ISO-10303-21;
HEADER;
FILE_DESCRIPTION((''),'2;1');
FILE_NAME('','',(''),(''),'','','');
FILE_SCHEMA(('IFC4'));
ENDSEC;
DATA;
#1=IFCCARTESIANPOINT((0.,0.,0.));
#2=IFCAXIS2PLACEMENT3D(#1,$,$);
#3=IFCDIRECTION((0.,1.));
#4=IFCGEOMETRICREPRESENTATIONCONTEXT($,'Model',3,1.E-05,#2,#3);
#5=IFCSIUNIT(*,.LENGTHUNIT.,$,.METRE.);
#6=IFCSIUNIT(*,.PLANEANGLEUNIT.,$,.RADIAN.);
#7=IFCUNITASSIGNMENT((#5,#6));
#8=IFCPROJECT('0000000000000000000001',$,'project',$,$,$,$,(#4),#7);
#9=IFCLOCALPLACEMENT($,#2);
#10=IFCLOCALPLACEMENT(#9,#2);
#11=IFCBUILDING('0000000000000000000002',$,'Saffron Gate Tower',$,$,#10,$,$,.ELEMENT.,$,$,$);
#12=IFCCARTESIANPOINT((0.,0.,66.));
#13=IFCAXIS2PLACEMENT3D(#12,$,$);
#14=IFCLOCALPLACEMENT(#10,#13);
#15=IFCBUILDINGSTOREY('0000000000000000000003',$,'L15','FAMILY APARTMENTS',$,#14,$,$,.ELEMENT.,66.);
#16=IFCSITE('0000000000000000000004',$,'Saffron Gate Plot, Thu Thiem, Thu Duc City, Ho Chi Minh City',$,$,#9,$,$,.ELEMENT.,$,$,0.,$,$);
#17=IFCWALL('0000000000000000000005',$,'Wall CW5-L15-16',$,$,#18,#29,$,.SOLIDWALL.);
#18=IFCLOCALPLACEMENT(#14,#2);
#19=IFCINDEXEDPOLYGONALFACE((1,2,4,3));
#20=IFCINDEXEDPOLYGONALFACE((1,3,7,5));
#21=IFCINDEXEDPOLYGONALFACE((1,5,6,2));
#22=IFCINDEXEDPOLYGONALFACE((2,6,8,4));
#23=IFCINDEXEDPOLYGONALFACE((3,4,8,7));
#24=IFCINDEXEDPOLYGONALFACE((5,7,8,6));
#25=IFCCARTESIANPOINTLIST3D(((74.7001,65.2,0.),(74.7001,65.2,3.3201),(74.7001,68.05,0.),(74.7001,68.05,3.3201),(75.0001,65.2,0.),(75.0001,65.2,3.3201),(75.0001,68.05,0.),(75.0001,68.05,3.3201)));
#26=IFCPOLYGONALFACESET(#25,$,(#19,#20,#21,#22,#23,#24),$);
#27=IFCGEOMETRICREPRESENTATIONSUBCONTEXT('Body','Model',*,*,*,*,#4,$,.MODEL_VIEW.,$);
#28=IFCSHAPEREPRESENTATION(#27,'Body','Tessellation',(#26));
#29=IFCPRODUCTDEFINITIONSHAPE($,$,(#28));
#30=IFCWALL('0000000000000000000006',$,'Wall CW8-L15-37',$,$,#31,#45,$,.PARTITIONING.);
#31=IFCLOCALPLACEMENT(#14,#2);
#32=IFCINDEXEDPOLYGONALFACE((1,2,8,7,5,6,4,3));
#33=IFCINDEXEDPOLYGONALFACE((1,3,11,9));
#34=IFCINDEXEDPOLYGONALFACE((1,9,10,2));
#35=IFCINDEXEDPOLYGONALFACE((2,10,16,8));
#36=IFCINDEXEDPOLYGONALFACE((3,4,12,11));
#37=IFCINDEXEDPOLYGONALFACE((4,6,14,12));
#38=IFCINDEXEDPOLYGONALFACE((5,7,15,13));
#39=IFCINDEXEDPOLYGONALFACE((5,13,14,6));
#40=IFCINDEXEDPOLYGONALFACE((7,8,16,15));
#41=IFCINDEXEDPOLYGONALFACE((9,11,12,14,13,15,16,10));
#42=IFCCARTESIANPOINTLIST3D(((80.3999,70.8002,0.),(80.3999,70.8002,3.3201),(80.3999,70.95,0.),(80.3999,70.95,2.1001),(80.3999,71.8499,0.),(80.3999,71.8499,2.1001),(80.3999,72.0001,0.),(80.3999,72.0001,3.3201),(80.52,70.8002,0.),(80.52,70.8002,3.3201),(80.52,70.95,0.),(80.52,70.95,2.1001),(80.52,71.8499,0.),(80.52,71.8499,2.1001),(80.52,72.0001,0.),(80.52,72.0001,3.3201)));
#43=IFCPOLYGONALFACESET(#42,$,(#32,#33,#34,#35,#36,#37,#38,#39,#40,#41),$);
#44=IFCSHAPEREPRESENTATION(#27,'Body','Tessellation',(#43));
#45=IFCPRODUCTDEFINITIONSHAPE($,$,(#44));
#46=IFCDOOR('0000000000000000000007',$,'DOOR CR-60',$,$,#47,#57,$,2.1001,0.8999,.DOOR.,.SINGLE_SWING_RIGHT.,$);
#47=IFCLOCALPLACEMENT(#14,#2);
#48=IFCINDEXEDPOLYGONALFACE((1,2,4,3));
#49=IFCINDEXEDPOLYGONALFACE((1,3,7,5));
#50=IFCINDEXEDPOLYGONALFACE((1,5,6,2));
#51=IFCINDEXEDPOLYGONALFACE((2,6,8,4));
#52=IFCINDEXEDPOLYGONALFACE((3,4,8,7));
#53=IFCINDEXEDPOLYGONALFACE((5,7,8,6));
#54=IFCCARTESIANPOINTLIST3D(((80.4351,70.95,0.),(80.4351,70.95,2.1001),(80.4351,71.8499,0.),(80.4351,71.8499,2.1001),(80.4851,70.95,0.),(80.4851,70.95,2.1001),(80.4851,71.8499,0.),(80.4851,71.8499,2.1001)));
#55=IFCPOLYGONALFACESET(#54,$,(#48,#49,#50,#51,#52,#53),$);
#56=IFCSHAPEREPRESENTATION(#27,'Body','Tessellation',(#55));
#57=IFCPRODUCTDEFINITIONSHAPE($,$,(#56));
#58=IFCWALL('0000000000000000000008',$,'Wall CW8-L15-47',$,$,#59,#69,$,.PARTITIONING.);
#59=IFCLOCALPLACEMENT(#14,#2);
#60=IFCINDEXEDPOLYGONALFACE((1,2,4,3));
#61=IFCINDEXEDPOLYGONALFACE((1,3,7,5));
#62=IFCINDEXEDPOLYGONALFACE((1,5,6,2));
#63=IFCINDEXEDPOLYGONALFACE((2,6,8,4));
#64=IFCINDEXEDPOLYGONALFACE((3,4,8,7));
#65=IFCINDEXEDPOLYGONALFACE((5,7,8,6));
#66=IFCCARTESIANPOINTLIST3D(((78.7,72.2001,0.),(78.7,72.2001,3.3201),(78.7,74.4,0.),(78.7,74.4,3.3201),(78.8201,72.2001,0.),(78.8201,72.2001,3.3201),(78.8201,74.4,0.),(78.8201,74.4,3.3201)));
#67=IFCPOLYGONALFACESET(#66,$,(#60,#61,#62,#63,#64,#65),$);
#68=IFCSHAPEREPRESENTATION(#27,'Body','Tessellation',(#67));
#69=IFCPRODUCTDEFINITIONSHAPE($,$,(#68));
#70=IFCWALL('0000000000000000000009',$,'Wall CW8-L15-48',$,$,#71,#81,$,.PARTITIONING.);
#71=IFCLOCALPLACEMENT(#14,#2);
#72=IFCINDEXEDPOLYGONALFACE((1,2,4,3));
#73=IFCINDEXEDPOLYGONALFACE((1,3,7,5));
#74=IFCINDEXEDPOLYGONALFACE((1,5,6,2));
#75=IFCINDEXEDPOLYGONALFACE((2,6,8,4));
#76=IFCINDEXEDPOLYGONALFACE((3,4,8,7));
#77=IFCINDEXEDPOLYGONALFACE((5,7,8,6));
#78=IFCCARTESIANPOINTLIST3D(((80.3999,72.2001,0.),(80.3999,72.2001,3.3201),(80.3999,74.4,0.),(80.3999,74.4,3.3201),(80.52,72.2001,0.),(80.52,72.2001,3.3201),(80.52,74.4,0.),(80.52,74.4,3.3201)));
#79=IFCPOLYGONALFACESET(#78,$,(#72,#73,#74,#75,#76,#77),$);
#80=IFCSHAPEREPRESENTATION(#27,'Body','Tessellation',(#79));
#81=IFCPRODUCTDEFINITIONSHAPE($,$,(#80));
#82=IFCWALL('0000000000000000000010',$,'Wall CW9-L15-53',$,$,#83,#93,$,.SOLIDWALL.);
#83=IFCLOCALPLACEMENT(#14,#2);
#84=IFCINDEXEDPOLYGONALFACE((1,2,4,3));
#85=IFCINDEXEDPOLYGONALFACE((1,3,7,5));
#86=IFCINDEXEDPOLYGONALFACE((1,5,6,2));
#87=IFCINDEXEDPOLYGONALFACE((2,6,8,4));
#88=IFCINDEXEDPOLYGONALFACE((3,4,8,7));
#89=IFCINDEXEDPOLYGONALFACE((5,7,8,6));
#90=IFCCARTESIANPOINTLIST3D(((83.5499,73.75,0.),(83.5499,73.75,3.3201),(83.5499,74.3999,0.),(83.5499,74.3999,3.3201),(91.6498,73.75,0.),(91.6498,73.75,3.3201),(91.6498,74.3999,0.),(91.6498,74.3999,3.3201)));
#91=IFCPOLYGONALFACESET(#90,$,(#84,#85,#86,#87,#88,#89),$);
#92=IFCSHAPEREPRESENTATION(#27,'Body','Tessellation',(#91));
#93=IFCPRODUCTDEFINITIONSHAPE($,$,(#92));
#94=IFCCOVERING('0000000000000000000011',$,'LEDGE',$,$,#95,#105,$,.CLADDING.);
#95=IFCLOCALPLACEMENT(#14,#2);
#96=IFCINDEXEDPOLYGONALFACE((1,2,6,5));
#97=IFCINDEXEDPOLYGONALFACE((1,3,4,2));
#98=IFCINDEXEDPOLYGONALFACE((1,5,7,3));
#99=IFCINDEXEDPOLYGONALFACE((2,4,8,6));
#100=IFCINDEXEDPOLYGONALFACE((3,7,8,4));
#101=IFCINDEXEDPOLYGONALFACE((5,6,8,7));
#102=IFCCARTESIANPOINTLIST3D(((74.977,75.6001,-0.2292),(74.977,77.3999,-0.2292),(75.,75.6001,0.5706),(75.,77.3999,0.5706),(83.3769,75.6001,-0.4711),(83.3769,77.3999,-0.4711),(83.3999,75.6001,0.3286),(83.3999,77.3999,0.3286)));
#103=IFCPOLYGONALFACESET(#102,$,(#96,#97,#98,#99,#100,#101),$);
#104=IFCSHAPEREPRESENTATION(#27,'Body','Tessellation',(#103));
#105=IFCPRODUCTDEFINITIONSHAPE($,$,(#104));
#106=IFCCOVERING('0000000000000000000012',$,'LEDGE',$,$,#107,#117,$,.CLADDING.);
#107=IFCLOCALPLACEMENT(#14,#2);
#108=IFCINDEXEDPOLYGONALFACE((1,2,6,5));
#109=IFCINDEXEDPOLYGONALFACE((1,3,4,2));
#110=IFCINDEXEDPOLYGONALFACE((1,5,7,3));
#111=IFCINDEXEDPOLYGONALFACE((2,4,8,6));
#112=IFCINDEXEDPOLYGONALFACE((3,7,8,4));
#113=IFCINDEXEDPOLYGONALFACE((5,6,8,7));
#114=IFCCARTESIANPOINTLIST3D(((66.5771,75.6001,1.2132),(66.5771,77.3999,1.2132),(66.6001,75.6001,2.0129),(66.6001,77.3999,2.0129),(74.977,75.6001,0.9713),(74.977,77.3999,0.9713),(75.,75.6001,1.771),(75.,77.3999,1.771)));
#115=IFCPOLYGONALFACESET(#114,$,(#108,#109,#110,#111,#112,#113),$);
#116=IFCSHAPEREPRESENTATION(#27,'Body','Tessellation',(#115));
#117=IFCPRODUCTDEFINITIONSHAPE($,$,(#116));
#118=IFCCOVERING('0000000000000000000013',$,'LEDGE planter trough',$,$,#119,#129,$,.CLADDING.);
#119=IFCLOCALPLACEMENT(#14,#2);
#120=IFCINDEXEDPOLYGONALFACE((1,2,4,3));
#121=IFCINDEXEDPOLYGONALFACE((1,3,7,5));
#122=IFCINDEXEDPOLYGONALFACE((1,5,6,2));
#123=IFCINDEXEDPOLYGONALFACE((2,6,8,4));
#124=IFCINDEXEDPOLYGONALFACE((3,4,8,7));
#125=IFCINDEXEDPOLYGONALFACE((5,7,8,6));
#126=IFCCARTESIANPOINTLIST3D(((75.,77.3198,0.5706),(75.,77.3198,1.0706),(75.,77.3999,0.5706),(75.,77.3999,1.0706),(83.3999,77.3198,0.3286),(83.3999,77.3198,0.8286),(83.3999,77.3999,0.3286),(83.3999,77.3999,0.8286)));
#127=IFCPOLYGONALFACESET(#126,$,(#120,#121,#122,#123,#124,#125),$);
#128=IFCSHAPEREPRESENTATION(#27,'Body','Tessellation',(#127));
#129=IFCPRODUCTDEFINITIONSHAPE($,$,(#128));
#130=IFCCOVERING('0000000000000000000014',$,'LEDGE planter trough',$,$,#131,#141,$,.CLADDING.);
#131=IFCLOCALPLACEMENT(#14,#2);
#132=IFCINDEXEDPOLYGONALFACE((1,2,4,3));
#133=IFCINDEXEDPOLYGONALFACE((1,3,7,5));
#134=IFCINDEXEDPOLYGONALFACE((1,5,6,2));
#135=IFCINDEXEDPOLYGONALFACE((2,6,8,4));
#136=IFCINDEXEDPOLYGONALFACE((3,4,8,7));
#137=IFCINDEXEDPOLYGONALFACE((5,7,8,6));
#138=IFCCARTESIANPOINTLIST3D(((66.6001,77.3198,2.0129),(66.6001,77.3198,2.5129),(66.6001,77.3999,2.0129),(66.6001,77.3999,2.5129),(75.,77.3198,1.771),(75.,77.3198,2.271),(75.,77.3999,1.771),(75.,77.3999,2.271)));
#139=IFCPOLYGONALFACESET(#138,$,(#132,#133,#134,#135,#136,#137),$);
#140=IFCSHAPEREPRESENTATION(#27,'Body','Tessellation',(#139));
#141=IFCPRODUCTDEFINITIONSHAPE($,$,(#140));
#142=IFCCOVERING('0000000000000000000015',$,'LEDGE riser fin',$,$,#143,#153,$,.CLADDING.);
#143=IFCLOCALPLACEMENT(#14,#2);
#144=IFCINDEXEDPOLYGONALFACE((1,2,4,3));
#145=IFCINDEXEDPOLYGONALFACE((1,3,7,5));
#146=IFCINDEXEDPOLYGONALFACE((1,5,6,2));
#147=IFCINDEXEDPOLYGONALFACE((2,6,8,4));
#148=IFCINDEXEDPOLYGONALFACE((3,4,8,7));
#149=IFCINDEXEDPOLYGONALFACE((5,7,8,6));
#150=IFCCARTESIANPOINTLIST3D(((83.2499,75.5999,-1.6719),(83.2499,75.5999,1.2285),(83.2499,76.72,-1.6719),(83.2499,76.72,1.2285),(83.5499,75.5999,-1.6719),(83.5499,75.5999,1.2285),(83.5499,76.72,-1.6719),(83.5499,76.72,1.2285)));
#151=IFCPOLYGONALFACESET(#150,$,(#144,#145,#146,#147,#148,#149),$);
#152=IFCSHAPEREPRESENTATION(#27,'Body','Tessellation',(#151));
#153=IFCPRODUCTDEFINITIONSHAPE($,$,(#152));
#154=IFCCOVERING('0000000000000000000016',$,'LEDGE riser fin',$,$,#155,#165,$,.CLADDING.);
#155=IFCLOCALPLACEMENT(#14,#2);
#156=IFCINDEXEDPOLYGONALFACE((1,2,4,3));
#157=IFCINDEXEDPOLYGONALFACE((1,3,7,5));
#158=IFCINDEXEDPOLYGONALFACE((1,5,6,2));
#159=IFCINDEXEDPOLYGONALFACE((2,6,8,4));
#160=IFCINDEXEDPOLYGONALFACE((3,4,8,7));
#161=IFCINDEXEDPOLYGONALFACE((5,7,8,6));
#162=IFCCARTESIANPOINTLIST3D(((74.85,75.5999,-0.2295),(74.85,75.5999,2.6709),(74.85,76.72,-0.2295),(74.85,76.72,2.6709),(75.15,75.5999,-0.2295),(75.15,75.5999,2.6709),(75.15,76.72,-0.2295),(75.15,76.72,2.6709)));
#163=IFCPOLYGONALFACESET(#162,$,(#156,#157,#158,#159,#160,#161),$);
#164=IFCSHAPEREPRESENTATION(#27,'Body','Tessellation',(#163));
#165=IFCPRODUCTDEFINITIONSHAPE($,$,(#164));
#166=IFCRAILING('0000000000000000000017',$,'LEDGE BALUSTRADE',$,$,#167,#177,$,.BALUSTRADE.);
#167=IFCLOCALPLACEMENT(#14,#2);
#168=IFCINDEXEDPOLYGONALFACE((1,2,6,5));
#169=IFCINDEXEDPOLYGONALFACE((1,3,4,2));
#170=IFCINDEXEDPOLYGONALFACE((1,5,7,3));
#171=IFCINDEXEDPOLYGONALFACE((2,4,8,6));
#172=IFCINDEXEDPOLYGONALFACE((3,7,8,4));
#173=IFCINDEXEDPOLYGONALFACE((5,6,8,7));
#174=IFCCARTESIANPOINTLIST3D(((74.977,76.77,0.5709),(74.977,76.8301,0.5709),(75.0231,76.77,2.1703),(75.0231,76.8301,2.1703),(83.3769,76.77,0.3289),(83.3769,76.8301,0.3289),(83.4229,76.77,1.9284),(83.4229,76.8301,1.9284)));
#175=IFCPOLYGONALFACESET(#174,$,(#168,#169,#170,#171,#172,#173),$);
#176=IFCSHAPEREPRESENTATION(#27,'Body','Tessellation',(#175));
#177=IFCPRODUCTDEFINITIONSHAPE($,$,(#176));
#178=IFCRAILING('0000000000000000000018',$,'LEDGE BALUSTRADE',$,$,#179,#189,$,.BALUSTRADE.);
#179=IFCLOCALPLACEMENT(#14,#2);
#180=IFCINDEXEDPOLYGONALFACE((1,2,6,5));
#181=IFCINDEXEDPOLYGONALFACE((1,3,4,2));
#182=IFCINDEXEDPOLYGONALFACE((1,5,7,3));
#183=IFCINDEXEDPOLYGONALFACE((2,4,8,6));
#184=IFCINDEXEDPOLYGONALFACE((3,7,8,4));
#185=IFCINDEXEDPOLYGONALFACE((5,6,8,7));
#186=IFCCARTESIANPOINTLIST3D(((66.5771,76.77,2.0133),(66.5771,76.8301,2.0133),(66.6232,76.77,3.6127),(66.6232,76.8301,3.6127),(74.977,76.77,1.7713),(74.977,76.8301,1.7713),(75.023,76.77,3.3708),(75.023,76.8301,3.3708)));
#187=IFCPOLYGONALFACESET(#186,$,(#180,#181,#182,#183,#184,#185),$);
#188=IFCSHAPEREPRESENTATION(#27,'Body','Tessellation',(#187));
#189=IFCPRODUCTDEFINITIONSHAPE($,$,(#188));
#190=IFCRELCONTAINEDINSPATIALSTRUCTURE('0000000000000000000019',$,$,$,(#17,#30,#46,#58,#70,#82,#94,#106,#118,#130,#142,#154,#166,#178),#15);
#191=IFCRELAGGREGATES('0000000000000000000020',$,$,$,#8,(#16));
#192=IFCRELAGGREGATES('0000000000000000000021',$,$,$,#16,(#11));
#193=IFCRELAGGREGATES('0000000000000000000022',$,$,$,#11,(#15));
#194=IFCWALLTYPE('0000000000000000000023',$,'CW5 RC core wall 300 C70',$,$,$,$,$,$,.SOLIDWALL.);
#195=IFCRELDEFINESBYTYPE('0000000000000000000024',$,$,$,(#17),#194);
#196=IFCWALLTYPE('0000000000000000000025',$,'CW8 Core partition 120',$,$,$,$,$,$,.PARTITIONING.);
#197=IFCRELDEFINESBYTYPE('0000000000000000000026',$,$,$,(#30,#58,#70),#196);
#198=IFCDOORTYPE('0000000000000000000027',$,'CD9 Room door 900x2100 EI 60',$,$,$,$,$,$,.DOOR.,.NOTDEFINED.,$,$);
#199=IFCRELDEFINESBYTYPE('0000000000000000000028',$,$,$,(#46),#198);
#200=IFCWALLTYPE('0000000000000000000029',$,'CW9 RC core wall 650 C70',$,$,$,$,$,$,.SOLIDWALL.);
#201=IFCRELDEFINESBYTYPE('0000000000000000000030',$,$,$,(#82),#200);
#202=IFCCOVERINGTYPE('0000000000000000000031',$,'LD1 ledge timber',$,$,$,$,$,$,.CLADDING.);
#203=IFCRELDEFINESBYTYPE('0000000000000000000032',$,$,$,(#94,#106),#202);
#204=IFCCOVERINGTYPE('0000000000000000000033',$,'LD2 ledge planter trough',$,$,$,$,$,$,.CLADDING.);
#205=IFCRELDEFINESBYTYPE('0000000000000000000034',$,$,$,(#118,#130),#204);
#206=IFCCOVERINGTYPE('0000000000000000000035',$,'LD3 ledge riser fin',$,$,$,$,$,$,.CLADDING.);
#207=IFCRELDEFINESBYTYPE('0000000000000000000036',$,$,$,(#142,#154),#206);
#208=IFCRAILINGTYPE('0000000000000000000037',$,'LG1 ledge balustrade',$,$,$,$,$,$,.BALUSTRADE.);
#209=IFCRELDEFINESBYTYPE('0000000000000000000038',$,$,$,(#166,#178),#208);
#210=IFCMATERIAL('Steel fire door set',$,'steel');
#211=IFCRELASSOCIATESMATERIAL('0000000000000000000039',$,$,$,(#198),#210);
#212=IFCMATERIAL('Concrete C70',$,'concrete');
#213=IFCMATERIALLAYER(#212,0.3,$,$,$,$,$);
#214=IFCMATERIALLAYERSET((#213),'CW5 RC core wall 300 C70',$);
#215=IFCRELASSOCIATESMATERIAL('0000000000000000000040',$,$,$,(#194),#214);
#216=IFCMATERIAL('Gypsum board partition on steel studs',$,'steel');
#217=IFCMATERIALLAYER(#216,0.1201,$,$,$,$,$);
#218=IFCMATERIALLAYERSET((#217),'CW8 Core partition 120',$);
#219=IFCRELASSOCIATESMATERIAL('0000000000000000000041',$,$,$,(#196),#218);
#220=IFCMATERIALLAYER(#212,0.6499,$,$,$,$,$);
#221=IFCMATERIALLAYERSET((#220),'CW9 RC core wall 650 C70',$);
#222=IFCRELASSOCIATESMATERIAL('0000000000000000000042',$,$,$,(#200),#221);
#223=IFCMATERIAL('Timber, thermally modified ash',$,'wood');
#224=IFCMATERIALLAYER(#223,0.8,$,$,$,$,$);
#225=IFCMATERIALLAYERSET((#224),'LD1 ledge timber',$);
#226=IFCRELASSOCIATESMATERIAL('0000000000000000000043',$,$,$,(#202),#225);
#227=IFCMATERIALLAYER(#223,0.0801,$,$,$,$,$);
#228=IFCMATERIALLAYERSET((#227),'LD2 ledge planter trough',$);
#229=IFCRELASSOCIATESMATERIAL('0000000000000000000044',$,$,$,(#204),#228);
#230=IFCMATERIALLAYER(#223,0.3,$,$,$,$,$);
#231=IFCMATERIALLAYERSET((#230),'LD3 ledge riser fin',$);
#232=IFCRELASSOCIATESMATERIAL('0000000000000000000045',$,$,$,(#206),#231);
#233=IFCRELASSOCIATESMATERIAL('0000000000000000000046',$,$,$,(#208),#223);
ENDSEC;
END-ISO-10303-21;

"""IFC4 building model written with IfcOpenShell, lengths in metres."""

from ifc_helpers import new_model, si_unit, direction, frame, frame_2d, origin, origin_2d, place, context, subcontext, project, spatial, polyline, rectangle, outline, extrude, material, layer, layer_set, type_object, element, fill, save


model = new_model("IFC4")

# Units and contexts
model_context = context("Model", 3, precision=1e-05, world=origin(), true_north=direction((0.0, 1.0)))
body_context = subcontext(model_context, "Body", "Model", "MODEL_VIEW")
ifc_project = project(units=[si_unit("LENGTHUNIT", "METRE"), si_unit("PLANEANGLEUNIT", "RADIAN")], contexts=[model_context])

# Site, building, storey
site_placement = place(None, origin())
site = spatial("IfcSite", under=ifc_project, at=site_placement, Name="Saffron Gate Plot, Thu Thiem, Thu Duc City, Ho Chi Minh City", CompositionType="ELEMENT", RefElevation=0.0)
building_placement = place(site_placement, origin())
building = spatial("IfcBuilding", under=site, at=building_placement, Name="Saffron Gate Tower", CompositionType="ELEMENT")
storey_placement = place(building_placement, frame((0.0, 0.0, 66.0)))
storey = spatial("IfcBuildingStorey", under=building, at=storey_placement, Name="L15", Description="FAMILY APARTMENTS", CompositionType="ELEMENT", Elevation=66.0)

# Shared definitions
ifc_material_1 = material(Name="Concrete C70", Category="concrete")

# Shared definitions
ifc_material_2 = material(Name="Steel fire door set", Category="steel")
door_type_1 = type_object("IfcDoorType", Name="CD9 Room door 900x2100 EI 60", OperationType="NOTDEFINED", PredefinedType="DOOR", material=ifc_material_2)

# Wall
ifc_layer_1 = layer(ifc_material_1, 0.3)
ifc_layer_set_1 = layer_set([ifc_layer_1], Name="CW5 RC core wall 300 C70")
wall_type_1 = type_object("IfcWallType", Name="CW5 RC core wall 300 C70", PredefinedType="SOLIDWALL", material=ifc_layer_set_1)
wall_1_placement = place(storey_placement, frame((74.8501, 65.2, 0.0), z_axis=(0.0, 0.0, 1.0), x_axis=(0.0, 1.0, 0.0)))
element("IfcWall", 1, at=wall_1_placement, inside=storey, type_object=wall_type_1, Name="Wall CW5-L15-16", PredefinedType="SOLIDWALL", context=body_context, shape_type="SweptSolid", body=[
    extrude(rectangle(XDim=2.8501, YDim=0.3, at=frame_2d((1.425, 0.0))), origin(), (0.0, 0.0, 1.0), 3.3201),
])

# Wall, opening, door
ifc_material_3 = material(Name="Gypsum board partition on steel studs", Category="steel")
ifc_layer_2 = layer(ifc_material_3, 0.1201)
ifc_layer_set_2 = layer_set([ifc_layer_2], Name="CW8 Core partition 120")
wall_type_2 = type_object("IfcWallType", Name="CW8 Core partition 120", PredefinedType="PARTITIONING", material=ifc_layer_set_2)
wall_2_placement = place(storey_placement, frame((80.46, 70.8, 0.0), z_axis=(0.0, 0.0, 1.0), x_axis=(0.0, 1.0, 0.0)))
wall_2 = element("IfcWall", 2, at=wall_2_placement, inside=storey, type_object=wall_type_2, Name="Wall CW8-L15-37", PredefinedType="PARTITIONING", context=body_context, shape_type="SweptSolid", body=[
    extrude(rectangle(XDim=1.2, YDim=0.1201, at=frame_2d((0.6001, 0.0))), origin(), (0.0, 0.0, 1.0), 3.3201),
])
opening_1_placement = place(wall_2_placement, frame((0.1499, 0.0, 0.0)))
opening_1 = element("IfcOpeningElement", 3, at=opening_1_placement, cuts=wall_2, PredefinedType="OPENING", context=body_context, shape_type="SweptSolid", body=[
    extrude(rectangle(XDim=0.8999, YDim=2.1001, at=frame_2d((0.45, 1.05))), frame((0.0, 0.0701, 0.0), z_axis=(0.0, -1.0, 0.0), x_axis=(1.0, 0.0, 0.0)), (0.0, 0.0, 1.0), 0.1401),
])
door_1_placement = place(opening_1_placement, origin())
door_1 = element("IfcDoor", 4, at=door_1_placement, inside=storey, type_object=door_type_1, Name="DOOR CR-60", OperationType="SINGLE_SWING_RIGHT", OverallHeight=2.1001, OverallWidth=0.8999, PredefinedType="DOOR", context=body_context, shape_type="SweptSolid", body=[
    extrude(rectangle(XDim=0.8999, YDim=2.1001, at=frame_2d((0.45, 1.05))), frame((0.0, 0.0249, 0.0), z_axis=(0.0, -1.0, 0.0), x_axis=(1.0, 0.0, 0.0)), (0.0, 0.0, 1.0), 0.05),
])
fill(opening_1, door_1)

# Walls
for number, where, z_axis, x_axis, name in (
    (5, (78.76, 72.2, 0.0), (0.0, 0.0, 1.0), (0.0, 1.0, 0.0), "Wall CW8-L15-47"),
    (6, (80.46, 72.2, 0.0), (0.0, 0.0, 1.0), (0.0, 1.0, 0.0), "Wall CW8-L15-48"),
):
    element("IfcWall", number, at=place(storey_placement, frame(where, z_axis=z_axis, x_axis=x_axis)), inside=storey, type_object=wall_type_2, Name=name, PredefinedType="PARTITIONING", context=body_context, shape_type="SweptSolid", body=[
        extrude(rectangle(XDim=2.2, YDim=0.1201, at=frame_2d((1.1001, 0.0))), origin(), (0.0, 0.0, 1.0), 3.3201),
    ])
ifc_layer_3 = layer(ifc_material_1, 0.6499)
ifc_layer_set_3 = layer_set([ifc_layer_3], Name="CW9 RC core wall 650 C70")
wall_type_3 = type_object("IfcWallType", Name="CW9 RC core wall 650 C70", PredefinedType="SOLIDWALL", material=ifc_layer_set_3)
wall_3_placement = place(storey_placement, frame((83.55, 74.075, 0.0), z_axis=(0.0, 0.0, 1.0), x_axis=(1.0, 0.0, 0.0)))
element("IfcWall", 7, at=wall_3_placement, inside=storey, type_object=wall_type_3, Name="Wall CW9-L15-53", PredefinedType="SOLIDWALL", context=body_context, shape_type="SweptSolid", body=[
    extrude(rectangle(XDim=8.0999, YDim=0.6499, at=frame_2d((4.0498, 0.0))), origin(), (0.0, 0.0, 1.0), 3.3201),
])

# Coverings
ifc_material_4 = material(Name="Timber, thermally modified ash", Category="wood")
ifc_layer_4 = layer(ifc_material_4, 0.8)
ifc_layer_set_4 = layer_set([ifc_layer_4], Name="LD1 ledge timber")
covering_type_1 = type_object("IfcCoveringType", Name="LD1 ledge timber", PredefinedType="CLADDING", material=ifc_layer_set_4)
for number, where, z_axis, x_axis, name in (
    (8, (83.3999, 75.6001, 0.3286), (0.028791, 0.0, 0.999585), (-0.999585, 0.0, 0.028791), "LEDGE"),
    (9, (75.0, 75.6001, 1.771), (0.028791, 0.0, 0.999585), (-0.999585, 0.0, 0.028791), "LEDGE"),
):
    element("IfcCovering", number, at=place(storey_placement, frame(where, z_axis=z_axis, x_axis=x_axis)), inside=storey, type_object=covering_type_1, Name=name, PredefinedType="CLADDING", context=body_context, shape_type="SweptSolid", body=[
        extrude(outline(polyline([(0.0, 0.0), (8.4034, 0.0), (8.4034, -1.7998), (0.0, -1.7998), (0.0, 0.0)])), origin(), (0.0, 0.0, -1.0), 0.8),
    ])
ifc_layer_5 = layer(ifc_material_4, 0.0801)
ifc_layer_set_5 = layer_set([ifc_layer_5], Name="LD2 ledge planter trough")
covering_type_2 = type_object("IfcCoveringType", Name="LD2 ledge planter trough", PredefinedType="CLADDING", material=ifc_layer_set_5)
for number, where, z_axis, x_axis, name in (
    (10, (83.3999, 77.3999, 0.3286), (0.0, 1.0, 0.0), (-0.999585, 0.0, 0.028791), "LEDGE planter trough"),
    (11, (75.0, 77.3999, 1.771), (0.0, 1.0, 0.0), (-0.999585, 0.0, 0.028791), "LEDGE planter trough"),
):
    element("IfcCovering", number, at=place(storey_placement, frame(where, z_axis=z_axis, x_axis=x_axis)), inside=storey, type_object=covering_type_2, Name=name, PredefinedType="CLADDING", context=body_context, shape_type="SweptSolid", body=[
        extrude(outline(polyline([(0.0, 0.0), (8.4034, 0.0), (8.4178, 0.4998), (0.0144, 0.4998), (0.0, 0.0)])), origin(), (0.0, 0.0, -1.0), 0.0801),
    ])
ifc_layer_6 = layer(ifc_material_4, 0.3)
ifc_layer_set_6 = layer_set([ifc_layer_6], Name="LD3 ledge riser fin")
covering_type_3 = type_object("IfcCoveringType", Name="LD3 ledge riser fin", PredefinedType="CLADDING", material=ifc_layer_set_6)
for number, where, z_axis, x_axis, name in (
    (12, (83.3999, 76.1599, -1.6719), (0.0, 0.0, 1.0), (-1.0, 0.0, 0.0), "LEDGE riser fin"),
    (13, (75.0, 76.1599, -0.2295), (0.0, 0.0, 1.0), (-1.0, 0.0, 0.0), "LEDGE riser fin"),
):
    element("IfcCovering", number, at=place(storey_placement, frame(where, z_axis=z_axis, x_axis=x_axis)), inside=storey, type_object=covering_type_3, Name=name, PredefinedType="CLADDING", context=body_context, shape_type="SweptSolid", body=[
        extrude(rectangle(XDim=0.3, YDim=1.1201, at=origin_2d()), origin(), (0.0, 0.0, 1.0), 2.9004),
    ])

# Railings
railing_type_1 = type_object("IfcRailingType", Name="LG1 ledge balustrade", PredefinedType="BALUSTRADE", material=ifc_material_4)
for number, where, name in (
    (14, (83.3999, 76.8, 0.3286), "LEDGE BALUSTRADE"),
    (15, (75.0, 76.8, 1.771), "LEDGE BALUSTRADE"),
):
    element("IfcRailing", number, at=place(storey_placement, frame(where)), inside=storey, type_object=railing_type_1, Name=name, PredefinedType="BALUSTRADE", context=body_context, shape_type="SweptSolid", body=[
        extrude(rectangle(XDim=0.0601, YDim=1.6001, at=origin_2d()), frame((0.0, 0.0, 0.8), z_axis=(-0.999585, 0.0, 0.028791), x_axis=(0.0, -1.0, 0.0)), (0.0, 0.0, 1.0), 8.4033),
    ])

save(model, "model.ifc")
